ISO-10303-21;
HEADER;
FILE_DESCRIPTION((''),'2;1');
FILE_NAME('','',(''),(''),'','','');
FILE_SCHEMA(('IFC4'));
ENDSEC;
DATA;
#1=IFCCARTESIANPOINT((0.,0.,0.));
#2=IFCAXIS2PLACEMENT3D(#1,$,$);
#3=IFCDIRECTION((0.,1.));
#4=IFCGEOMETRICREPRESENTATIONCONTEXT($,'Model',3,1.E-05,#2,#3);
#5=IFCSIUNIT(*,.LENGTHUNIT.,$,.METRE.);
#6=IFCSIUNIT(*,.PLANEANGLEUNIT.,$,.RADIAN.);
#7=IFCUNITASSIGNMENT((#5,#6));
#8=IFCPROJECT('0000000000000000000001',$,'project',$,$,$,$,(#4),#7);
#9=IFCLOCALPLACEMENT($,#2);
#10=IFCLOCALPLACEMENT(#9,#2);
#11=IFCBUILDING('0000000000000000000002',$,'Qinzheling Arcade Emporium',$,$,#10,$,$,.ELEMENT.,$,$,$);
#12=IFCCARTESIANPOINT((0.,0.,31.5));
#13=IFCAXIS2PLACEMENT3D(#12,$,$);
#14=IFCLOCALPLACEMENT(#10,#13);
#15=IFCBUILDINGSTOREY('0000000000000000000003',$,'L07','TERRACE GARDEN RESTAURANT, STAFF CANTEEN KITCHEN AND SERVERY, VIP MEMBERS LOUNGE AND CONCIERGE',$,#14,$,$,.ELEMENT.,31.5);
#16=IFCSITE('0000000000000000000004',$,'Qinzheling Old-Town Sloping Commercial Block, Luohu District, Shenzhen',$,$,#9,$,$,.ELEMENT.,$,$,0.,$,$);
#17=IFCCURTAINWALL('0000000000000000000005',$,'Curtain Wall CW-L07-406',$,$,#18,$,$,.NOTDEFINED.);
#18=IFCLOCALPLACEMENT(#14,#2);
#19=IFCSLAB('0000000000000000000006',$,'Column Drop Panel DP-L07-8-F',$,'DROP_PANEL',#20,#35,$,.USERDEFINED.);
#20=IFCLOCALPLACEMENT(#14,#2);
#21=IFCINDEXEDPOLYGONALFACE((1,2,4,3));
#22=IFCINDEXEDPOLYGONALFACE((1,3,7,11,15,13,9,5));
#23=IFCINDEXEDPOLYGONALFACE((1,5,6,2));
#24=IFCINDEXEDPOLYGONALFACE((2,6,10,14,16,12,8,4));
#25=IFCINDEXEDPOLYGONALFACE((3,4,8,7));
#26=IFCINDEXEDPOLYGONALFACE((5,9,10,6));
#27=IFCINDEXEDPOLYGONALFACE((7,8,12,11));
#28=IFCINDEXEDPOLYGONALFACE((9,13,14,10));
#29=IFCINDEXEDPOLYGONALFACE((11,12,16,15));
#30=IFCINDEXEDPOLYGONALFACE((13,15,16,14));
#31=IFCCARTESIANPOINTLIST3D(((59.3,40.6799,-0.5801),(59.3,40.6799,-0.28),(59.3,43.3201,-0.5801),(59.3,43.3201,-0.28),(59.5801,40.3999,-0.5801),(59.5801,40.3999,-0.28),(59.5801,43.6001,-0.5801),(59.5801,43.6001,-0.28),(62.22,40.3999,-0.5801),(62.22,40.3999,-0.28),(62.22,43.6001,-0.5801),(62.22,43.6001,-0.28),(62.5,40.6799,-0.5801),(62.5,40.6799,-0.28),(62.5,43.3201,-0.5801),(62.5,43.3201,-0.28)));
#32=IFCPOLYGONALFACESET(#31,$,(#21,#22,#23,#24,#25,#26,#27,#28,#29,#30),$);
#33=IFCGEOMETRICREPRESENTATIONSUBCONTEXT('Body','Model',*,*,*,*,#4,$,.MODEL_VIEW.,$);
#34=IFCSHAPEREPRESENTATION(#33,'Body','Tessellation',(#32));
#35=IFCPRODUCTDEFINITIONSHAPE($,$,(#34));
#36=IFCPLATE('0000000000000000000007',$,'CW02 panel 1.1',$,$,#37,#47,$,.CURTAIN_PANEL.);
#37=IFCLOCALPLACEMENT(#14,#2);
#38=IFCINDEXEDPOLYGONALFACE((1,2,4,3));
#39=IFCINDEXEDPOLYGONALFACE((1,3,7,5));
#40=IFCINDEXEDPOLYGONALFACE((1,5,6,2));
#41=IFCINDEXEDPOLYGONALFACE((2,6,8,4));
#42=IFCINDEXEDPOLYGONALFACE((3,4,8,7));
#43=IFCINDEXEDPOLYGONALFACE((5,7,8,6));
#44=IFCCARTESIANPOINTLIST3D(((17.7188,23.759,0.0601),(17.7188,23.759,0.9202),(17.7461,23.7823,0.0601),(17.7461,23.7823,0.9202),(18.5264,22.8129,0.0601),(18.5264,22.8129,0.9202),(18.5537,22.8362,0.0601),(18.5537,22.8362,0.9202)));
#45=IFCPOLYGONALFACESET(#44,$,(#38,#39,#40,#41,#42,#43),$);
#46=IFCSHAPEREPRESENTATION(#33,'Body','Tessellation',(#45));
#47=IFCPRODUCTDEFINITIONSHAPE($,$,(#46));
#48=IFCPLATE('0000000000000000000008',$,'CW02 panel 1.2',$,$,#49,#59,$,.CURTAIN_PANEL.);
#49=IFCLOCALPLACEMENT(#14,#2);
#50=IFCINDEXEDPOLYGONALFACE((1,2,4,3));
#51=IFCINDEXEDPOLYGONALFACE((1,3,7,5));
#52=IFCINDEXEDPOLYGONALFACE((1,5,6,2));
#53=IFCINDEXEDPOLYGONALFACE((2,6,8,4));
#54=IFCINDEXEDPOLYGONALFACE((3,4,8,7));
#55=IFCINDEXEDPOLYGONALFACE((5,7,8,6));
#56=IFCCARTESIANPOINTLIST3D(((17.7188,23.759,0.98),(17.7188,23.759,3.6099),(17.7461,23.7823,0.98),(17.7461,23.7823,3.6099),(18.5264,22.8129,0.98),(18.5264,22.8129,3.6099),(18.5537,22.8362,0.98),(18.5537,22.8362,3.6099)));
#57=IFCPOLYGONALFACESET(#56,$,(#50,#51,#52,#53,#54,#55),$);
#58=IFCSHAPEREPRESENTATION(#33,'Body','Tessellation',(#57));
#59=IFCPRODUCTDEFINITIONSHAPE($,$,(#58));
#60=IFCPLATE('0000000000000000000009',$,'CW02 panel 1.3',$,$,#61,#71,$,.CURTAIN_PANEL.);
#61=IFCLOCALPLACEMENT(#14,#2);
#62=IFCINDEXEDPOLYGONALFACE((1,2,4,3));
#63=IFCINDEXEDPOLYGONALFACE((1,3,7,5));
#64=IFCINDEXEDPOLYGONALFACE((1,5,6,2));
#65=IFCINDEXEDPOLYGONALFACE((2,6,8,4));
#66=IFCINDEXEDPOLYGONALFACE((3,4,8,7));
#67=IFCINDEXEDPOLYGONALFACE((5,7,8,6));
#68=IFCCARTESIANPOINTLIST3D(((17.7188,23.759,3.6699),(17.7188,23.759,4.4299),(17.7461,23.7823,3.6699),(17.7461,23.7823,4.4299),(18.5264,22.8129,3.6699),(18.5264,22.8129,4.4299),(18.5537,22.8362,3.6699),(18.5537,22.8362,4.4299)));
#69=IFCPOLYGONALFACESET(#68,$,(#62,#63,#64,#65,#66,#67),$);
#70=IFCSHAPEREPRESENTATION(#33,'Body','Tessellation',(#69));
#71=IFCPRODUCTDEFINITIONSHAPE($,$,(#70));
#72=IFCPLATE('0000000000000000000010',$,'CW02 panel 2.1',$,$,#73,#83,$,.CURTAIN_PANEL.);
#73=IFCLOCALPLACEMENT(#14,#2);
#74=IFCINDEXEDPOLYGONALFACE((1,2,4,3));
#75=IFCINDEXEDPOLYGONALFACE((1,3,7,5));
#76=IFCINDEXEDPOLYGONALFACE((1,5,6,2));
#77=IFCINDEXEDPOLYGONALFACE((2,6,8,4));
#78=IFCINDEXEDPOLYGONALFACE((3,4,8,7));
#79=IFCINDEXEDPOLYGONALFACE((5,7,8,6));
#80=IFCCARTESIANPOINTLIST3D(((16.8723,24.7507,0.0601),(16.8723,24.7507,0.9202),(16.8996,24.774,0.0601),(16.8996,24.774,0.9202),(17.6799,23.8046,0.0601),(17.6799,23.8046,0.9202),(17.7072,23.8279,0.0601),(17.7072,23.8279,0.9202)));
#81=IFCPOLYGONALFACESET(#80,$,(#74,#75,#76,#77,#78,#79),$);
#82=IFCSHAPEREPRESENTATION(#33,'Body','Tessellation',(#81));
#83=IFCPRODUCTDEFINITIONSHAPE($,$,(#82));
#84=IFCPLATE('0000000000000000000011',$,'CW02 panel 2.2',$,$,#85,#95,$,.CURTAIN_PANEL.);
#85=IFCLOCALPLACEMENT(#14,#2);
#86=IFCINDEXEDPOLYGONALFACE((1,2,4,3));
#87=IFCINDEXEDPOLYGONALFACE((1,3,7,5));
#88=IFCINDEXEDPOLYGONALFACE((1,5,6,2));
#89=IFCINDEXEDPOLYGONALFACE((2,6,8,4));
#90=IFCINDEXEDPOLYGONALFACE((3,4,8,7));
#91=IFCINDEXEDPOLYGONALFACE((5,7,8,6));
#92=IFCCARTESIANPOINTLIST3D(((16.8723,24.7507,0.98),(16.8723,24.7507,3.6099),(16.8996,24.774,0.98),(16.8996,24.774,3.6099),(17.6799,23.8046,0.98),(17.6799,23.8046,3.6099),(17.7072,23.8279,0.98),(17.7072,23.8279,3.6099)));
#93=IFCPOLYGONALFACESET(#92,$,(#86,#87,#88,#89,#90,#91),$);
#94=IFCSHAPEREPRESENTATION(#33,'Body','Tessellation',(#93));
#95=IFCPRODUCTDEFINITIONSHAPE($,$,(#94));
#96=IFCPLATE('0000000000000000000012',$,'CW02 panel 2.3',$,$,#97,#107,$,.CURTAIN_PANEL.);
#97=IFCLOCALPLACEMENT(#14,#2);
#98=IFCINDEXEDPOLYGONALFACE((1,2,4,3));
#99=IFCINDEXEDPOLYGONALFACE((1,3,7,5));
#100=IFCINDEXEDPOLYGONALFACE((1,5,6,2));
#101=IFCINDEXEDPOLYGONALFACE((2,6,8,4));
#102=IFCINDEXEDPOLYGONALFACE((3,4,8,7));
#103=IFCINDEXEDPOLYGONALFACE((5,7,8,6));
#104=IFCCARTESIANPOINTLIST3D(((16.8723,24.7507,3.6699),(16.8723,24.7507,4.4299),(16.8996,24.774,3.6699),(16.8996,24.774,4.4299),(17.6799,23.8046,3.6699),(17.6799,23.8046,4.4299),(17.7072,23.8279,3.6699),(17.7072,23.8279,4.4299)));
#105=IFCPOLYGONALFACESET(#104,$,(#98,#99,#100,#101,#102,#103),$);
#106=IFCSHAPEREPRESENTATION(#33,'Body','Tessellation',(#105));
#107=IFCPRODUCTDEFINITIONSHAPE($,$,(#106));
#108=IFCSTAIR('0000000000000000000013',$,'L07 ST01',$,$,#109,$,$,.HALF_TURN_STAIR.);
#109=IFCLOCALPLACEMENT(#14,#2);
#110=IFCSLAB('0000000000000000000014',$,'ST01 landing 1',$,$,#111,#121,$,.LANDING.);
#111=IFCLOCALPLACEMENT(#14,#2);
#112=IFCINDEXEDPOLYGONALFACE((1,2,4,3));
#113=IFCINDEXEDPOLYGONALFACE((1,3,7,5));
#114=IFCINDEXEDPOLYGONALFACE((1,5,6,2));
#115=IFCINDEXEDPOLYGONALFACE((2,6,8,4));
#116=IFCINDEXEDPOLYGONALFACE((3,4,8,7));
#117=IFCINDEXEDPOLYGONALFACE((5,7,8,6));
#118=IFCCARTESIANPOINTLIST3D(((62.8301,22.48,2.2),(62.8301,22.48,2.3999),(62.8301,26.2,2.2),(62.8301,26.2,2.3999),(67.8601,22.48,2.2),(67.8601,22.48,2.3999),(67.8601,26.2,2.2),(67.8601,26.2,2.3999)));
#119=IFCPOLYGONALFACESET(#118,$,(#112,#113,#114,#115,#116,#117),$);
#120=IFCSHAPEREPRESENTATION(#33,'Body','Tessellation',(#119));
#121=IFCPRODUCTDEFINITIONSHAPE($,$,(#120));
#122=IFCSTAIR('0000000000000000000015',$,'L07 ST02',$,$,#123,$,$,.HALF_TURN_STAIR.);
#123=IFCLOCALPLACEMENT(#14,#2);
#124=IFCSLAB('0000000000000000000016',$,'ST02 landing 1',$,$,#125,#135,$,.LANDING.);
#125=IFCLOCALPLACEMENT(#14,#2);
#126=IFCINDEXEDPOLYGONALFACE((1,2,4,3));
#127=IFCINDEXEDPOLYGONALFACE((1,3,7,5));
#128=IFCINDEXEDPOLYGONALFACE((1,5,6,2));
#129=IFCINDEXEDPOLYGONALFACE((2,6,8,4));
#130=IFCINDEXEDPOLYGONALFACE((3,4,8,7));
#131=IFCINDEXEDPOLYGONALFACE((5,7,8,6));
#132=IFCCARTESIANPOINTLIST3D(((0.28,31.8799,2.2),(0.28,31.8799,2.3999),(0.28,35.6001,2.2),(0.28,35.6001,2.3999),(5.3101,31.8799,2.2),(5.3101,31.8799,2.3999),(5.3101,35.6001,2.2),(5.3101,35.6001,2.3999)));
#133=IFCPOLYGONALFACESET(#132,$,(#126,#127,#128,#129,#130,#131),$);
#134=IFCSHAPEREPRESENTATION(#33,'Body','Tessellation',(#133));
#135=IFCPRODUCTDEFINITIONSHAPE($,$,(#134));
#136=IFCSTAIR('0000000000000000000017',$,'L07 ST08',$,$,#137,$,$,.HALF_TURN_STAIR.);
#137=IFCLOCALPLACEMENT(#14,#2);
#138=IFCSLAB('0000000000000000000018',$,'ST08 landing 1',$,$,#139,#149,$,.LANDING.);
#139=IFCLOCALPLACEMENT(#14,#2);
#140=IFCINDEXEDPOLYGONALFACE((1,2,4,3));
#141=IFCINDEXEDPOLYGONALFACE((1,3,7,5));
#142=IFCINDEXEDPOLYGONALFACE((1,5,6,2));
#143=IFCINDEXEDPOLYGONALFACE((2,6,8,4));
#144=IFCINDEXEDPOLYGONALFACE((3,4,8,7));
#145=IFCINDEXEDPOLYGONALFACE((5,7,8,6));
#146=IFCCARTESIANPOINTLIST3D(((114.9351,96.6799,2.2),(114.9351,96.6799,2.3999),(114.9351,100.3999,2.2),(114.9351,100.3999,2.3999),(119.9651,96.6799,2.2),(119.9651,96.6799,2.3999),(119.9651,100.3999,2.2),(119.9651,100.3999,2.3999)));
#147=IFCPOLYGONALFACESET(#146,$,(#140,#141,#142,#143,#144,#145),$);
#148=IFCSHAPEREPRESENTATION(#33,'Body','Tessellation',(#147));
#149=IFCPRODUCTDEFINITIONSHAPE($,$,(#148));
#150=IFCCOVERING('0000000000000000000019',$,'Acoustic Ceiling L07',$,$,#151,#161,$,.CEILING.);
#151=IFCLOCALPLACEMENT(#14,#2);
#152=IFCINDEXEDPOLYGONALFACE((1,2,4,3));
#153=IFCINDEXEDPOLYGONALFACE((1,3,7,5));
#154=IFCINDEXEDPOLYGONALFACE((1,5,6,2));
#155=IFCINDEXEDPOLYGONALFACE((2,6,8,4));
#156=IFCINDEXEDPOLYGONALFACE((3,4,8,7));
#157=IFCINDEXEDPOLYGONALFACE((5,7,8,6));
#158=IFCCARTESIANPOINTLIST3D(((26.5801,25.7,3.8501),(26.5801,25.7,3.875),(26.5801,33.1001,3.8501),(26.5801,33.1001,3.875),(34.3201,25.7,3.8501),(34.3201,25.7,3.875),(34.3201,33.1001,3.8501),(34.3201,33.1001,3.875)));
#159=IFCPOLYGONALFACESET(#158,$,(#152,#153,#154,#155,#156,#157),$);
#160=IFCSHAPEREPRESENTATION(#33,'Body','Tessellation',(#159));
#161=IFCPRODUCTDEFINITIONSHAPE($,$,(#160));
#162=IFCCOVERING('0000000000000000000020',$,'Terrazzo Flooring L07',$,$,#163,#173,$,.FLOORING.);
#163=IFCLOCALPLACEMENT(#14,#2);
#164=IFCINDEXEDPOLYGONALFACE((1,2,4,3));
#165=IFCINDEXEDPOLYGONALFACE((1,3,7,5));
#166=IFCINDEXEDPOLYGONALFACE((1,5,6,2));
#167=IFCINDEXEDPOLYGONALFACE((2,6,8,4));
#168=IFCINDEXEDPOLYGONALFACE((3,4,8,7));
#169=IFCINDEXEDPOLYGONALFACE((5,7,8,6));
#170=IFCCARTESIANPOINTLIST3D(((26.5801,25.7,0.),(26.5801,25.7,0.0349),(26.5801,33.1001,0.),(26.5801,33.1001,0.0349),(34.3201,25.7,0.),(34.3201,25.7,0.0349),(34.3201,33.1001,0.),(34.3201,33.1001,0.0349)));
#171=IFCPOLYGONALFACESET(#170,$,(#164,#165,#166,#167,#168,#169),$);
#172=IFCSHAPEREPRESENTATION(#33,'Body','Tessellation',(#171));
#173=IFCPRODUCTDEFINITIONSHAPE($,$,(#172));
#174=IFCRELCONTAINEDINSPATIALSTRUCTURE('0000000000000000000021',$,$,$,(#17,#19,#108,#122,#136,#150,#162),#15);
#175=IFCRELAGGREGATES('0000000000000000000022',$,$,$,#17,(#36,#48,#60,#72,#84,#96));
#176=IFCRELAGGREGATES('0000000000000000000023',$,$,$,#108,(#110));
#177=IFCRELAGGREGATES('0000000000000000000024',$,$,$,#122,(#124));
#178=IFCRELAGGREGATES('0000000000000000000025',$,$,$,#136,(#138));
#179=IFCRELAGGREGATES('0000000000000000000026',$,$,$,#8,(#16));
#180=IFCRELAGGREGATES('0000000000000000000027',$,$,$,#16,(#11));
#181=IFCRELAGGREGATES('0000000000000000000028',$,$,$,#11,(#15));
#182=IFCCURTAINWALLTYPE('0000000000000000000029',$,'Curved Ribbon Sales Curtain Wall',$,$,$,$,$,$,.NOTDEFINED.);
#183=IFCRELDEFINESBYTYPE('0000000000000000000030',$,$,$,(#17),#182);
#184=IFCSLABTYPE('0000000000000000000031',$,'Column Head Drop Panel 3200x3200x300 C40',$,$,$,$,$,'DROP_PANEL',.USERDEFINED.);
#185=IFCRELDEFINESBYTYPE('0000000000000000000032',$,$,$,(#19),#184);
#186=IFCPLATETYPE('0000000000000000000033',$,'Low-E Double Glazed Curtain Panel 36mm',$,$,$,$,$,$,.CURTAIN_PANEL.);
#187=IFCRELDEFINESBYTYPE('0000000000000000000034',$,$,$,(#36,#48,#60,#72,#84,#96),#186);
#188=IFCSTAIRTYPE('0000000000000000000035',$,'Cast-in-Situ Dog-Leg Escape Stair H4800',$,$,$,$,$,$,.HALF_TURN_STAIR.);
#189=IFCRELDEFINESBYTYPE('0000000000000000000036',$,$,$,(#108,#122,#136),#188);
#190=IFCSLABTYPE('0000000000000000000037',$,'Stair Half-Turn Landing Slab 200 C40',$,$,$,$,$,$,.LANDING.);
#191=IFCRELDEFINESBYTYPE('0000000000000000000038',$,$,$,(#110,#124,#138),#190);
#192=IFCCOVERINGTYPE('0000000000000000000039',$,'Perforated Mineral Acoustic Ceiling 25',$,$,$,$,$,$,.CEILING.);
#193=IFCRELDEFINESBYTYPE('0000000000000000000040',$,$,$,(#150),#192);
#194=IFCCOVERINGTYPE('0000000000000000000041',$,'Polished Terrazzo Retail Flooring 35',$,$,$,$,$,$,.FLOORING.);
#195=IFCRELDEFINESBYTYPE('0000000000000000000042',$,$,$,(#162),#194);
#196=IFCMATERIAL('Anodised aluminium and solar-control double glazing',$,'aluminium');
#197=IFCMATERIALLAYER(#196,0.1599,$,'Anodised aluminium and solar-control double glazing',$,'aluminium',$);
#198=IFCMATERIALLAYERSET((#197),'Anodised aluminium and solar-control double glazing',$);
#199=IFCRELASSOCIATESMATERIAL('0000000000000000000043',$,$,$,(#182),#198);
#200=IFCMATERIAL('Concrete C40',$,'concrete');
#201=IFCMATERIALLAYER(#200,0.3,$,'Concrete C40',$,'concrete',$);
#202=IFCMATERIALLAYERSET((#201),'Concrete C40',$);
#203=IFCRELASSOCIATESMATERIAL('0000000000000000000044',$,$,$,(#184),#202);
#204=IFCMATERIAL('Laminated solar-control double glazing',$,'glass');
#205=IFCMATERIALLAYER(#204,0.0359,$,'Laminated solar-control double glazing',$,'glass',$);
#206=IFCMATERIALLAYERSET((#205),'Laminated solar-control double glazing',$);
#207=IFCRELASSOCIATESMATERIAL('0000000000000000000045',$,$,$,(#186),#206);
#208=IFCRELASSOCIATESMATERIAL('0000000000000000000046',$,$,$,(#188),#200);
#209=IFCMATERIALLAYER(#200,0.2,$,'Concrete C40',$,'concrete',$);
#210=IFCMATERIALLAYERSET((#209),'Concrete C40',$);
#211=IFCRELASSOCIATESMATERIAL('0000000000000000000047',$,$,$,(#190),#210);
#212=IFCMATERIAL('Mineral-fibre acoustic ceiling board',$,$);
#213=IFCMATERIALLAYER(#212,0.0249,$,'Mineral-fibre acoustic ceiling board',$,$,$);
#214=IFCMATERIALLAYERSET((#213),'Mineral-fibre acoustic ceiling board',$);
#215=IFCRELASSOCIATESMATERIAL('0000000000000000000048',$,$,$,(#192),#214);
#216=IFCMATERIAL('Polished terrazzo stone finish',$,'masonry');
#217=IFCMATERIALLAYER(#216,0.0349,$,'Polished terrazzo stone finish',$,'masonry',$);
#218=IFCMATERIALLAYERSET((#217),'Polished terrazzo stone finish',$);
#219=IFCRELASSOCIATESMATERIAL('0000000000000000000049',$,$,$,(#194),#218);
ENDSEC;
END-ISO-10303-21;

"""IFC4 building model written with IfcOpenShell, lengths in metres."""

from ifc_helpers import new_model, si_unit, direction, frame, origin, origin_2d, place, context, subcontext, project, spatial, polyline, rectangle, outline, extrude, material, layer, layer_set, type_object, element, aggregate, save


model = new_model("IFC4")

# Units and contexts
model_context = context("Model", 3, precision=1e-05, world=origin(), true_north=direction((0.0, 1.0)))
body_context = subcontext(model_context, "Body", "Model", "MODEL_VIEW")
ifc_project = project(units=[si_unit("LENGTHUNIT", "METRE"), si_unit("PLANEANGLEUNIT", "RADIAN")], contexts=[model_context])

# Site, building, storey
site_placement = place(None, origin())
site = spatial("IfcSite", under=ifc_project, at=site_placement, Name="Qinzheling Old-Town Sloping Commercial Block, Luohu District, Shenzhen", CompositionType="ELEMENT", RefElevation=0.0)
building_placement = place(site_placement, origin())
building = spatial("IfcBuilding", under=site, at=building_placement, Name="Qinzheling Arcade Emporium", CompositionType="ELEMENT")
storey_placement = place(building_placement, frame((0.0, 0.0, 31.5)))
storey = spatial("IfcBuildingStorey", under=building, at=storey_placement, Name="L07", Description="TERRACE GARDEN RESTAURANT, STAFF CANTEEN KITCHEN AND SERVERY, VIP MEMBERS LOUNGE AND CONCIERGE", CompositionType="ELEMENT", Elevation=31.5)

# Curtain wall
ifc_material_1 = material(Name="Anodised aluminium and solar-control double glazing", Category="aluminium")
ifc_layer_1 = layer(ifc_material_1, 0.1599, Name="Anodised aluminium and solar-control double glazing", Category="aluminium")
ifc_layer_set_1 = layer_set([ifc_layer_1], Name="Anodised aluminium and solar-control double glazing")
curtain_wall_type = type_object("IfcCurtainWallType", Name="Curved Ribbon Sales Curtain Wall", PredefinedType="NOTDEFINED", material=ifc_layer_set_1)
curtain_wall_placement = place(storey_placement, origin())
curtain_wall = element("IfcCurtainWall", 1, at=curtain_wall_placement, inside=storey, type_object=curtain_wall_type, Name="Curtain Wall CW-L07-406", PredefinedType="NOTDEFINED")

# Slab
ifc_material_2 = material(Name="Concrete C40", Category="concrete")
ifc_layer_2 = layer(ifc_material_2, 0.3, Name="Concrete C40", Category="concrete")
ifc_layer_set_2 = layer_set([ifc_layer_2], Name="Concrete C40")
slab_type_1 = type_object("IfcSlabType", Name="Column Head Drop Panel 3200x3200x300 C40", ElementType="DROP_PANEL", PredefinedType="USERDEFINED", material=ifc_layer_set_2)
slab_1_placement = place(storey_placement, frame((0.0, 0.0, -0.5801)))
element("IfcSlab", 2, at=slab_1_placement, inside=storey, type_object=slab_type_1, Name="Column Drop Panel DP-L07-8-F", ObjectType="DROP_PANEL", PredefinedType="USERDEFINED", context=body_context, shape_type="SweptSolid", body=[
    extrude(outline(polyline([(59.5801, 40.3999), (62.22, 40.3999), (62.5, 40.6799), (62.5, 43.3201), (62.22, 43.6001), (59.5801, 43.6001), (59.3, 43.3201), (59.3, 40.6799), (59.5801, 40.3999)])), origin(), (0.0, 0.0, 1.0), 0.3),
])

# Plates
ifc_material_3 = material(Name="Laminated solar-control double glazing", Category="glass")
ifc_layer_3 = layer(ifc_material_3, 0.0359, Name="Laminated solar-control double glazing", Category="glass")
ifc_layer_set_3 = layer_set([ifc_layer_3], Name="Laminated solar-control double glazing")
plate_type = type_object("IfcPlateType", Name="Low-E Double Glazed Curtain Panel 36mm", PredefinedType="CURTAIN_PANEL", material=ifc_layer_set_3)
plate_1_placement = place(storey_placement, frame((18.1362, 23.2976, 0.0601), z_axis=(0.0, 0.0, 1.0), x_axis=(-0.649247, 0.760578, 0.0)))
plate_1 = element("IfcPlate", 3, at=plate_1_placement, type_object=plate_type, Name="CW02 panel 1.1", PredefinedType="CURTAIN_PANEL", context=body_context, shape_type="SweptSolid", body=[
    extrude(rectangle(XDim=1.2439, YDim=0.0359, at=origin_2d()), origin(), (0.0, 0.0, 1.0), 0.8601),
])
plate_2_placement = place(storey_placement, frame((18.1362, 23.2976, 0.98), z_axis=(0.0, 0.0, 1.0), x_axis=(-0.649247, 0.760578, 0.0)))
plate_2 = element("IfcPlate", 4, at=plate_2_placement, type_object=plate_type, Name="CW02 panel 1.2", PredefinedType="CURTAIN_PANEL", context=body_context, shape_type="SweptSolid", body=[
    extrude(rectangle(XDim=1.2439, YDim=0.0359, at=origin_2d()), origin(), (0.0, 0.0, 1.0), 2.6299),
])
plate_3_placement = place(storey_placement, frame((18.1362, 23.2976, 3.6699), z_axis=(0.0, 0.0, 1.0), x_axis=(-0.649247, 0.760578, 0.0)))
plate_3 = element("IfcPlate", 5, at=plate_3_placement, type_object=plate_type, Name="CW02 panel 1.3", PredefinedType="CURTAIN_PANEL", context=body_context, shape_type="SweptSolid", body=[
    extrude(rectangle(XDim=1.2439, YDim=0.0359, at=origin_2d()), origin(), (0.0, 0.0, 1.0), 0.76),
])
plate_4_placement = place(storey_placement, frame((17.2898, 24.2893, 0.0601), z_axis=(0.0, 0.0, 1.0), x_axis=(-0.649247, 0.760578, 0.0)))
plate_4 = element("IfcPlate", 6, at=plate_4_placement, type_object=plate_type, Name="CW02 panel 2.1", PredefinedType="CURTAIN_PANEL", context=body_context, shape_type="SweptSolid", body=[
    extrude(rectangle(XDim=1.2439, YDim=0.0359, at=origin_2d()), origin(), (0.0, 0.0, 1.0), 0.8601),
])
plate_5_placement = place(storey_placement, frame((17.2898, 24.2893, 0.98), z_axis=(0.0, 0.0, 1.0), x_axis=(-0.649247, 0.760578, 0.0)))
plate_5 = element("IfcPlate", 7, at=plate_5_placement, type_object=plate_type, Name="CW02 panel 2.2", PredefinedType="CURTAIN_PANEL", context=body_context, shape_type="SweptSolid", body=[
    extrude(rectangle(XDim=1.2439, YDim=0.0359, at=origin_2d()), origin(), (0.0, 0.0, 1.0), 2.6299),
])
plate_6_placement = place(storey_placement, frame((17.2898, 24.2893, 3.6699), z_axis=(0.0, 0.0, 1.0), x_axis=(-0.649247, 0.760578, 0.0)))
plate_6 = element("IfcPlate", 8, at=plate_6_placement, type_object=plate_type, Name="CW02 panel 2.3", PredefinedType="CURTAIN_PANEL", context=body_context, shape_type="SweptSolid", body=[
    extrude(rectangle(XDim=1.2439, YDim=0.0359, at=origin_2d()), origin(), (0.0, 0.0, 1.0), 0.76),
])
aggregate(curtain_wall, [plate_1, plate_2, plate_3, plate_4, plate_5, plate_6])

# Stairs, slabs
stair_type = type_object("IfcStairType", Name="Cast-in-Situ Dog-Leg Escape Stair H4800", PredefinedType="HALF_TURN_STAIR", material=ifc_material_2)
stair_1_placement = place(storey_placement, origin())
stair_1 = element("IfcStair", 9, at=stair_1_placement, inside=storey, type_object=stair_type, Name="L07 ST01", PredefinedType="HALF_TURN_STAIR")
ifc_layer_4 = layer(ifc_material_2, 0.2, Name="Concrete C40", Category="concrete")
ifc_layer_set_4 = layer_set([ifc_layer_4], Name="Concrete C40")
slab_type_2 = type_object("IfcSlabType", Name="Stair Half-Turn Landing Slab 200 C40", PredefinedType="LANDING", material=ifc_layer_set_4)
slab_2_placement = place(storey_placement, frame((0.0, 0.0, 2.2)))
slab_2 = element("IfcSlab", 10, at=slab_2_placement, type_object=slab_type_2, Name="ST01 landing 1", PredefinedType="LANDING", context=body_context, shape_type="SweptSolid", body=[
    extrude(outline(polyline([(62.8301, 26.2), (67.8601, 26.2), (67.8601, 22.48), (62.8301, 22.48), (62.8301, 26.2)])), origin(), (0.0, 0.0, 1.0), 0.2),
])
aggregate(stair_1, [slab_2])
stair_2_placement = place(storey_placement, origin())
stair_2 = element("IfcStair", 11, at=stair_2_placement, inside=storey, type_object=stair_type, Name="L07 ST02", PredefinedType="HALF_TURN_STAIR")
slab_3_placement = place(storey_placement, frame((0.0, 0.0, 2.2)))
slab_3 = element("IfcSlab", 12, at=slab_3_placement, type_object=slab_type_2, Name="ST02 landing 1", PredefinedType="LANDING", context=body_context, shape_type="SweptSolid", body=[
    extrude(outline(polyline([(0.28, 35.6001), (5.3101, 35.6001), (5.3101, 31.8799), (0.28, 31.8799), (0.28, 35.6001)])), origin(), (0.0, 0.0, 1.0), 0.2),
])
aggregate(stair_2, [slab_3])
stair_3_placement = place(storey_placement, origin())
stair_3 = element("IfcStair", 13, at=stair_3_placement, inside=storey, type_object=stair_type, Name="L07 ST08", PredefinedType="HALF_TURN_STAIR")
slab_4_placement = place(storey_placement, frame((0.0, 0.0, 2.2)))
slab_4 = element("IfcSlab", 14, at=slab_4_placement, type_object=slab_type_2, Name="ST08 landing 1", PredefinedType="LANDING", context=body_context, shape_type="SweptSolid", body=[
    extrude(outline(polyline([(114.9351, 100.3999), (119.9651, 100.3999), (119.9651, 96.6799), (114.9351, 96.6799), (114.9351, 100.3999)])), origin(), (0.0, 0.0, 1.0), 0.2),
])
aggregate(stair_3, [slab_4])

# Coverings
ifc_material_4 = material(Name="Mineral-fibre acoustic ceiling board")
ifc_layer_5 = layer(ifc_material_4, 0.0249, Name="Mineral-fibre acoustic ceiling board")
ifc_layer_set_5 = layer_set([ifc_layer_5], Name="Mineral-fibre acoustic ceiling board")
covering_type_1 = type_object("IfcCoveringType", Name="Perforated Mineral Acoustic Ceiling 25", PredefinedType="CEILING", material=ifc_layer_set_5)
covering_1_placement = place(storey_placement, frame((0.0, 0.0, 3.8501)))
element("IfcCovering", 15, at=covering_1_placement, inside=storey, type_object=covering_type_1, Name="Acoustic Ceiling L07", PredefinedType="CEILING", context=body_context, shape_type="SweptSolid", body=[
    extrude(outline(polyline([(26.5801, 25.7), (34.3201, 25.7), (34.3201, 33.1001), (26.5801, 33.1001), (26.5801, 25.7)])), origin(), (0.0, 0.0, 1.0), 0.0249),
])
ifc_material_5 = material(Name="Polished terrazzo stone finish", Category="masonry")
ifc_layer_6 = layer(ifc_material_5, 0.0349, Name="Polished terrazzo stone finish", Category="masonry")
ifc_layer_set_6 = layer_set([ifc_layer_6], Name="Polished terrazzo stone finish")
covering_type_2 = type_object("IfcCoveringType", Name="Polished Terrazzo Retail Flooring 35", PredefinedType="FLOORING", material=ifc_layer_set_6)
covering_2_placement = place(storey_placement, origin())
element("IfcCovering", 16, at=covering_2_placement, inside=storey, type_object=covering_type_2, Name="Terrazzo Flooring L07", PredefinedType="FLOORING", context=body_context, shape_type="SweptSolid", body=[
    extrude(outline(polyline([(26.5801, 25.7), (34.3201, 25.7), (34.3201, 33.1001), (26.5801, 33.1001), (26.5801, 25.7)])), origin(), (0.0, 0.0, 1.0), 0.0349),
])

save(model, "model.ifc")
